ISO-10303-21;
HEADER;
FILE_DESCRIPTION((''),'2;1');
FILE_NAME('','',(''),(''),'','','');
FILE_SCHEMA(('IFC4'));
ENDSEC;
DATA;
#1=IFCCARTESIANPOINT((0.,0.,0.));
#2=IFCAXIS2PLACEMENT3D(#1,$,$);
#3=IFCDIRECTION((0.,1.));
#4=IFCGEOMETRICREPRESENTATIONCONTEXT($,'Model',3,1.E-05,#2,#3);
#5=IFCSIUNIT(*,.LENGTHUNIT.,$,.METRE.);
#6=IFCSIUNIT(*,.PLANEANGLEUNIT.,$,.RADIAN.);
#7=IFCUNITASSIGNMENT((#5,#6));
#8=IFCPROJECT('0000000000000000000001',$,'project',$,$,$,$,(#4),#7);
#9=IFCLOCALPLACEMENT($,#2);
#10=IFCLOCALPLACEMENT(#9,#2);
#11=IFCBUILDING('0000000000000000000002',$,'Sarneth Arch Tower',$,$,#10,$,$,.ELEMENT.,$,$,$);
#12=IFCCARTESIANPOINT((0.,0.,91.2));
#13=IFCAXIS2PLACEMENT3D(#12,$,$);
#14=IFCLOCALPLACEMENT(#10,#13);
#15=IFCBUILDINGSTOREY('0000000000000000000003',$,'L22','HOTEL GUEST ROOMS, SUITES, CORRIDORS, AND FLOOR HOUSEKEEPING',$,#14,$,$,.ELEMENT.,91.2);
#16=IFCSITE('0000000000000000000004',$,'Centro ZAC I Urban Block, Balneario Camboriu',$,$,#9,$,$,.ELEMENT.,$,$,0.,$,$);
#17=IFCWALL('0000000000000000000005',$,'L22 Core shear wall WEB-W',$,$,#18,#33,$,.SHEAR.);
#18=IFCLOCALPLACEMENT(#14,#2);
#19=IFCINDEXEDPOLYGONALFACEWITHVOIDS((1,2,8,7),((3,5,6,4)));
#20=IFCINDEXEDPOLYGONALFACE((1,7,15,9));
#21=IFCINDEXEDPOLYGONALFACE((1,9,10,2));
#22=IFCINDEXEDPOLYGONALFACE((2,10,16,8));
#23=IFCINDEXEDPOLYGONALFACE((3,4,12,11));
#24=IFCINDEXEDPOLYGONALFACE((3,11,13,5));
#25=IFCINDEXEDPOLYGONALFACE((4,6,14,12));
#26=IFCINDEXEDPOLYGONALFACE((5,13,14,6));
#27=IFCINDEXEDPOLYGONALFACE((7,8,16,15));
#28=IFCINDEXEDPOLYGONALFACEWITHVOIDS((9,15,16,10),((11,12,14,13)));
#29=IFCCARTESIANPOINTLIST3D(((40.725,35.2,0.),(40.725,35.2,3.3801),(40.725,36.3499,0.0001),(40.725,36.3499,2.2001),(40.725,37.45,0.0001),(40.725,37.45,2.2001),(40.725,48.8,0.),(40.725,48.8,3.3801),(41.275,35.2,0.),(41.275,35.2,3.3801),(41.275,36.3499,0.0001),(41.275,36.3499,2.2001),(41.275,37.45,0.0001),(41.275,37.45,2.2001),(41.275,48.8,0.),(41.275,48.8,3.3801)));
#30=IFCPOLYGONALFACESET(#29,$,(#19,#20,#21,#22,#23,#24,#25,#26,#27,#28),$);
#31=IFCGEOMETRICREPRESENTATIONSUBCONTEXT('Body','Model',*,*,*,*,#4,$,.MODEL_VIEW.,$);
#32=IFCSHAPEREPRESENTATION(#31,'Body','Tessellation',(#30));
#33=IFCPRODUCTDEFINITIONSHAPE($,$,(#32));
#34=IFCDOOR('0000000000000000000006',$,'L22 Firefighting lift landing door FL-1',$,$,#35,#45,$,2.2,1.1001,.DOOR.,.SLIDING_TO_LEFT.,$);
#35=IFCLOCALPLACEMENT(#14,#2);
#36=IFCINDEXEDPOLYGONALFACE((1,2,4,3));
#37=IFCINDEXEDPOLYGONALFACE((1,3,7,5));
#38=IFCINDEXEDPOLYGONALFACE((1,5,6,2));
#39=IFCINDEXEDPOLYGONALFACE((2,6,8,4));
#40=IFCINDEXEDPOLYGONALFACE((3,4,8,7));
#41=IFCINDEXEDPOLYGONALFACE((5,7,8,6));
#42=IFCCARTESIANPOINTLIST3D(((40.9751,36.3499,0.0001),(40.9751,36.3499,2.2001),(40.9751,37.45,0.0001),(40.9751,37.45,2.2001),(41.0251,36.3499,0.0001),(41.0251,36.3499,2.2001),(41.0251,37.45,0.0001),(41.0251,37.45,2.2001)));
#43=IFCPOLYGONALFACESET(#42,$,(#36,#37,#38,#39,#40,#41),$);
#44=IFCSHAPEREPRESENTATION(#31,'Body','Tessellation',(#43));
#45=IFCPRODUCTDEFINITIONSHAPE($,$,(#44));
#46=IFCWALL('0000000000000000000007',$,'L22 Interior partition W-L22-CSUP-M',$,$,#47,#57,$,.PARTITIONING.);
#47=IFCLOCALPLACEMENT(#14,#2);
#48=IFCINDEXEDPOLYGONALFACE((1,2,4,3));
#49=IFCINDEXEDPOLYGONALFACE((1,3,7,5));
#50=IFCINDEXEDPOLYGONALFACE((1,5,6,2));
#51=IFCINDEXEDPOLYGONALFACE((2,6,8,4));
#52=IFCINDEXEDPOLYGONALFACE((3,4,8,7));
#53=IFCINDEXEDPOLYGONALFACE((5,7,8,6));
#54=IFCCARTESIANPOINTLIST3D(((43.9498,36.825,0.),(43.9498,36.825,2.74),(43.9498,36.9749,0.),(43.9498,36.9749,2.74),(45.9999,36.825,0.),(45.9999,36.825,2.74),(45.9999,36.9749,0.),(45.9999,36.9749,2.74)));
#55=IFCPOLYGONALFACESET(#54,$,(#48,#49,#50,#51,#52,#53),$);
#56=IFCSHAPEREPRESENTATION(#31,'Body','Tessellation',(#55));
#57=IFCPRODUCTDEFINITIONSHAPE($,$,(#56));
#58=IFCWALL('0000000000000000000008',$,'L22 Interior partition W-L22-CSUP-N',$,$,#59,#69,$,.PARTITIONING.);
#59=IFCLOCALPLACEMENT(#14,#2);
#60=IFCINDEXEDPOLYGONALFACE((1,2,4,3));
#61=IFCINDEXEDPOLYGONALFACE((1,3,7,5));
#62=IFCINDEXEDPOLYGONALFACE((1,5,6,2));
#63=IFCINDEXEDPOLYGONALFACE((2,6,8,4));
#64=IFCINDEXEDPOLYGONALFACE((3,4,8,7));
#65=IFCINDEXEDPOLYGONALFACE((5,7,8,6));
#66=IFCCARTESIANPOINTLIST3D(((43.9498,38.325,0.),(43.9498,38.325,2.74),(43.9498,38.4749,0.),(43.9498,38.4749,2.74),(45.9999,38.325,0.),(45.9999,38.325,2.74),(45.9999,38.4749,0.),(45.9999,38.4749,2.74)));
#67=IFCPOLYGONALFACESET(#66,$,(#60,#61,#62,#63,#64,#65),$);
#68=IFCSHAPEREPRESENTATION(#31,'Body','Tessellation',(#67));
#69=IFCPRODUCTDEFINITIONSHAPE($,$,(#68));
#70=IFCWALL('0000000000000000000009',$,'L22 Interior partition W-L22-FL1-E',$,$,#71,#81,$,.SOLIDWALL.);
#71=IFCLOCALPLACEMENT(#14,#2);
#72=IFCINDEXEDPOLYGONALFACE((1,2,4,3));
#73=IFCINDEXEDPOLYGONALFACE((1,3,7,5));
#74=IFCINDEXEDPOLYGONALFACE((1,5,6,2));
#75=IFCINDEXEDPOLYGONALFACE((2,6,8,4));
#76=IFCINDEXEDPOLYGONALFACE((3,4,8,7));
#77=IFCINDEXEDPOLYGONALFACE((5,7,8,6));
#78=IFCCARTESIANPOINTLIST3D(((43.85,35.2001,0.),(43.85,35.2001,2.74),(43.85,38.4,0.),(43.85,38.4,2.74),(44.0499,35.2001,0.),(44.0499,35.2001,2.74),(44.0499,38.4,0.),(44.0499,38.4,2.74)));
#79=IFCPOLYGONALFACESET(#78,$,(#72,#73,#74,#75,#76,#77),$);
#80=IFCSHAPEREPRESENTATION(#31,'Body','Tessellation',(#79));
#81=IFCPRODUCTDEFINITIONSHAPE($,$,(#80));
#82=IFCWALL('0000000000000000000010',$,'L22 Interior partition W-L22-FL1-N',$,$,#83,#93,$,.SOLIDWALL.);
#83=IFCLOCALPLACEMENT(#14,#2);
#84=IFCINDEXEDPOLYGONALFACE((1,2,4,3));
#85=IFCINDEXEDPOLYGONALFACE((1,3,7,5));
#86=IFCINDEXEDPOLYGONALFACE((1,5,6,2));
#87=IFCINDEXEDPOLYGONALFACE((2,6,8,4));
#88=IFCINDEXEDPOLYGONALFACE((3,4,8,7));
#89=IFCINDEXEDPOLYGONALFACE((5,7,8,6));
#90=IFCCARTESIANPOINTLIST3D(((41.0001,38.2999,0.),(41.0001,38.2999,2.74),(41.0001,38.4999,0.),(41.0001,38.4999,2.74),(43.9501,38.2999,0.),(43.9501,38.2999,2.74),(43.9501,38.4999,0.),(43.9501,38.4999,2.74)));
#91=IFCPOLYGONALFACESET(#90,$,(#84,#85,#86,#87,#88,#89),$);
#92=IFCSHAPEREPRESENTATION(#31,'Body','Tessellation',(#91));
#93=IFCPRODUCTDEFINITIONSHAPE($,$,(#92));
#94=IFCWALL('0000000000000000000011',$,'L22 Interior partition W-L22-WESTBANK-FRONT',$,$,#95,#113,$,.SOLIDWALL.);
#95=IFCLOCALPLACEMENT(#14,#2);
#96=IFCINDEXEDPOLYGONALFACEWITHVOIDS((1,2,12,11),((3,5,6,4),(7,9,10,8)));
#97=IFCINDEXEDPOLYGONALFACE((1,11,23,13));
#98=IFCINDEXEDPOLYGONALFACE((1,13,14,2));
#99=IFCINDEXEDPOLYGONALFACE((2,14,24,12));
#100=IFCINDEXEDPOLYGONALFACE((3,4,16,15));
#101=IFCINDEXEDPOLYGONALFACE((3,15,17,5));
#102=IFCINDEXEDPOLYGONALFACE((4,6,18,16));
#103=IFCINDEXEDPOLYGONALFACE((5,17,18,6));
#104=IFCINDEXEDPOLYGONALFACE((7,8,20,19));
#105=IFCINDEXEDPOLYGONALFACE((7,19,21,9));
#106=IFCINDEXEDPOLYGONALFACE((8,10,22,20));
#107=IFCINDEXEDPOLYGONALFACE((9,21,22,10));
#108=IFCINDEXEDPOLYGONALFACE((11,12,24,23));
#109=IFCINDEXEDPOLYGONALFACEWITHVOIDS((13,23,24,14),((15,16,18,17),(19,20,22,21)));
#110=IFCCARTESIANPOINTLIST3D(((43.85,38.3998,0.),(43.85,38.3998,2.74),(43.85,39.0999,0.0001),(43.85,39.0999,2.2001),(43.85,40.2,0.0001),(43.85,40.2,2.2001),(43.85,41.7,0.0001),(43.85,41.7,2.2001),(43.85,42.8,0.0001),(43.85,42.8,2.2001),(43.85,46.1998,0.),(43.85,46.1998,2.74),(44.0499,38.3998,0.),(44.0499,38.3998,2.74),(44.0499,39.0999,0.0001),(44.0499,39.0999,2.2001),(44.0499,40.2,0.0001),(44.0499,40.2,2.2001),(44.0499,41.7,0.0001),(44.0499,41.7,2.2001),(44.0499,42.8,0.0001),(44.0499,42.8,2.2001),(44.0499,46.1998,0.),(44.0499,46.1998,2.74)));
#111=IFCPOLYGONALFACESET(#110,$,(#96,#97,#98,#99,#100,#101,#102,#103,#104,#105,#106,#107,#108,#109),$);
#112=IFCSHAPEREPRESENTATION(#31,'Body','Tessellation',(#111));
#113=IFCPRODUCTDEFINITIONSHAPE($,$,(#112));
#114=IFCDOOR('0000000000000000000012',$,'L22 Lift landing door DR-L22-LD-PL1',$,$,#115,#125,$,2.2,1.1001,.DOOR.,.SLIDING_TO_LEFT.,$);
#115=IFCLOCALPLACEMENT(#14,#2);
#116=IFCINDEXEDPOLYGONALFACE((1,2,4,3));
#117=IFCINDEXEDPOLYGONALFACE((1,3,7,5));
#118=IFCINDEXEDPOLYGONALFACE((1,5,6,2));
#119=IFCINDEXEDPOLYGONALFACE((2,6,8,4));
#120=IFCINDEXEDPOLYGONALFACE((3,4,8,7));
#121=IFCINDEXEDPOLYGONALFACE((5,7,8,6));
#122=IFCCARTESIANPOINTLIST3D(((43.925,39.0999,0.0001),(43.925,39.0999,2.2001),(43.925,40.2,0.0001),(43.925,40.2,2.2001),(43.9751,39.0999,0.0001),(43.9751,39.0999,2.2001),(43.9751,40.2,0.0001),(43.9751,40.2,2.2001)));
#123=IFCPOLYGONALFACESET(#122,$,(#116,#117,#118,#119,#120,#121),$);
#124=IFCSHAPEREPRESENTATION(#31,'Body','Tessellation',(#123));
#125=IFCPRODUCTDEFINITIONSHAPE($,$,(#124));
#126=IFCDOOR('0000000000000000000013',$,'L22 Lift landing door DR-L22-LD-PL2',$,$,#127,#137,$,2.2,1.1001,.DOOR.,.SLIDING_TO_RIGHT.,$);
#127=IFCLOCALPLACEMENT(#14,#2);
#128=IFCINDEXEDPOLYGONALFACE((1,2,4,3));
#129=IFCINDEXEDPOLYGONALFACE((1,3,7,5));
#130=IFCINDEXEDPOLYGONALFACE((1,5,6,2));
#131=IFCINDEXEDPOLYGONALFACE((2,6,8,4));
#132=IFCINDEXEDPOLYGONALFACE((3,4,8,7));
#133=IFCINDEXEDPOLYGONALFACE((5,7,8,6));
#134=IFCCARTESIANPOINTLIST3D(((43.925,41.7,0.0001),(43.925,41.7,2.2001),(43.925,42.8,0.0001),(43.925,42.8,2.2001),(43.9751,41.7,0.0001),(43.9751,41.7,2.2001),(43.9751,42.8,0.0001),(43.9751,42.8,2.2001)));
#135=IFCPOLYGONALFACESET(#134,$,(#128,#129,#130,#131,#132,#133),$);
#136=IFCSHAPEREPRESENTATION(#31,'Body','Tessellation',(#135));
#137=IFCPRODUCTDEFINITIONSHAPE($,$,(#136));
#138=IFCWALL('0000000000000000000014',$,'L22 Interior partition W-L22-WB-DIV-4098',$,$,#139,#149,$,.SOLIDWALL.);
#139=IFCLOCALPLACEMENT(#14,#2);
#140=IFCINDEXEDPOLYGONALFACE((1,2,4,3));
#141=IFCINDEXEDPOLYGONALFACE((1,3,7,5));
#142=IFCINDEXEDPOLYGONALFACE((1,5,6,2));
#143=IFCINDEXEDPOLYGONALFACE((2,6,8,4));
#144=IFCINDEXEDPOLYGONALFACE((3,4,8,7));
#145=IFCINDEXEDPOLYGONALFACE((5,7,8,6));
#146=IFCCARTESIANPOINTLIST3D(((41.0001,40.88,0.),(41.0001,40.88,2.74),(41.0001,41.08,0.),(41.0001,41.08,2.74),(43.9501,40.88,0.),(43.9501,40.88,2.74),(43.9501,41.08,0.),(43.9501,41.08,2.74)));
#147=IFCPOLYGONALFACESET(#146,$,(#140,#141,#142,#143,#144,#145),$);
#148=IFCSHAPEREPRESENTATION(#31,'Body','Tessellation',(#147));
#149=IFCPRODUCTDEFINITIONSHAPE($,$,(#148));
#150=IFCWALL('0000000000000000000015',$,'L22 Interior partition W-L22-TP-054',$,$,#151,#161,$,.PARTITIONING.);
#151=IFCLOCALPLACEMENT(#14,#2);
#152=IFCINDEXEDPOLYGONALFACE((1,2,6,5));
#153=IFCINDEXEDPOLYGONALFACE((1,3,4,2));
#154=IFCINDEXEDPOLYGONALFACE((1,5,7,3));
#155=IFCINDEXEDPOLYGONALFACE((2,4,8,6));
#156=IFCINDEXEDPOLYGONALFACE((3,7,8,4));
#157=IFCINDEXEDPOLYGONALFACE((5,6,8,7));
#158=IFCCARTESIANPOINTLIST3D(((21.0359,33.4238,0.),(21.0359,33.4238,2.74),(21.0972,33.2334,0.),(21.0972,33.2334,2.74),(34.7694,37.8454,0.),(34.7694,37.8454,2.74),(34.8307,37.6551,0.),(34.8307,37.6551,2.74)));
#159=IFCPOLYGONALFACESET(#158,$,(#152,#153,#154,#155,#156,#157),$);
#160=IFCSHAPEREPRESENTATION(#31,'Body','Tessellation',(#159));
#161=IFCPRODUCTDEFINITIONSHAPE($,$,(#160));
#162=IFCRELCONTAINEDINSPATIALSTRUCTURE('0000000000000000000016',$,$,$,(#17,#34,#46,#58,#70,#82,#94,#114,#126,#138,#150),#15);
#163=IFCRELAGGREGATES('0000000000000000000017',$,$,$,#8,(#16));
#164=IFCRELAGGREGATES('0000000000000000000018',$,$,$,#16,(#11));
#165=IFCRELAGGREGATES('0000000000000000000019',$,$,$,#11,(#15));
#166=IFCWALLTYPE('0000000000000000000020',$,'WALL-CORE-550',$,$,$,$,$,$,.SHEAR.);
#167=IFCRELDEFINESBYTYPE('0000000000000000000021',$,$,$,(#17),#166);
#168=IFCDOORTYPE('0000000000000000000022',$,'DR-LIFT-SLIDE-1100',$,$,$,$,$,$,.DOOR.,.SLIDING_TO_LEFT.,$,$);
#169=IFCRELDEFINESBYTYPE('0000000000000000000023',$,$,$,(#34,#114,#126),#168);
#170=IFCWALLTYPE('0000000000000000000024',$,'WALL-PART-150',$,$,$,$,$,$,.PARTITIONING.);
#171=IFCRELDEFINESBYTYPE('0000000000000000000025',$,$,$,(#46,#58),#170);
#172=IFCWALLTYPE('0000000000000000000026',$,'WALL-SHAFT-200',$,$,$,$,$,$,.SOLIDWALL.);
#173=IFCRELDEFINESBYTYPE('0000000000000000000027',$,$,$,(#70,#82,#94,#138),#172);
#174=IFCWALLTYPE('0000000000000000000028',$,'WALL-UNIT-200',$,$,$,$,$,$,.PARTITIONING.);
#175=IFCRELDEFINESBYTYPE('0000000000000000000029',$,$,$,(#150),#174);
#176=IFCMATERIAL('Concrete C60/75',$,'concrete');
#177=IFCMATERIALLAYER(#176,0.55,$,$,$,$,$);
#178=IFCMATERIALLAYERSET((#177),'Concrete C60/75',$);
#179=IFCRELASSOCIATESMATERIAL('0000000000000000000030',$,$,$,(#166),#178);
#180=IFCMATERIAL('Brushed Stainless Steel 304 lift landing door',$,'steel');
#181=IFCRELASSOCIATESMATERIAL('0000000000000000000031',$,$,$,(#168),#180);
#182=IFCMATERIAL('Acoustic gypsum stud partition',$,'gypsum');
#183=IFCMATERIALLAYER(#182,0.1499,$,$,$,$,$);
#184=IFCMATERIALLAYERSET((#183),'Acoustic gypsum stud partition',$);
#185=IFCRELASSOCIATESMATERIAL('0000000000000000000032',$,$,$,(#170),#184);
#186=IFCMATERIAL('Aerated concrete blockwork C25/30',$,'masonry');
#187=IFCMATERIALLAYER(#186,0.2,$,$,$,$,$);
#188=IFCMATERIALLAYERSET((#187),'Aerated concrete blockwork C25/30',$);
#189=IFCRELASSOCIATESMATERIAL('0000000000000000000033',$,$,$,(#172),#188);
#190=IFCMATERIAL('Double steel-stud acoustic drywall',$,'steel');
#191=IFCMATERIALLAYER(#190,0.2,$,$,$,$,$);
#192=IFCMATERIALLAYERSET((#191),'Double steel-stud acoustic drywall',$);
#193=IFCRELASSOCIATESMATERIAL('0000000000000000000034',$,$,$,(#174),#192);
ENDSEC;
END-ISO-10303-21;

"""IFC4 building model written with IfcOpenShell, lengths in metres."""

from ifc_helpers import new_model, si_unit, direction, frame, frame_2d, origin, place, context, subcontext, project, spatial, rectangle, extrude, material, layer, layer_set, type_object, element, fill, save


model = new_model("IFC4")

# Units and contexts
model_context = context("Model", 3, precision=1e-05, world=origin(), true_north=direction((0.0, 1.0)))
body_context = subcontext(model_context, "Body", "Model", "MODEL_VIEW")
ifc_project = project(units=[si_unit("LENGTHUNIT", "METRE"), si_unit("PLANEANGLEUNIT", "RADIAN")], contexts=[model_context])

# Site, building, storey
site_placement = place(None, origin())
site = spatial("IfcSite", under=ifc_project, at=site_placement, Name="Centro ZAC I Urban Block, Balneario Camboriu", CompositionType="ELEMENT", RefElevation=0.0)
building_placement = place(site_placement, origin())
building = spatial("IfcBuilding", under=site, at=building_placement, Name="Sarneth Arch Tower", CompositionType="ELEMENT")
storey_placement = place(building_placement, frame((0.0, 0.0, 91.2)))
storey = spatial("IfcBuildingStorey", under=building, at=storey_placement, Name="L22", Description="HOTEL GUEST ROOMS, SUITES, CORRIDORS, AND FLOOR HOUSEKEEPING", CompositionType="ELEMENT", Elevation=91.2)

# Shared definitions
ifc_material_1 = material(Name="Concrete C60/75", Category="concrete")
ifc_layer_1 = layer(ifc_material_1, 0.55)
ifc_layer_set_1 = layer_set([ifc_layer_1], Name="Concrete C60/75")
wall_type_1 = type_object("IfcWallType", Name="WALL-CORE-550", PredefinedType="SHEAR", material=ifc_layer_set_1)

# Wall, opening, door
wall_1_placement = place(storey_placement, frame((41.0, 35.2, 0.0), z_axis=(0.0, 0.0, 1.0), x_axis=(0.0, 1.0, 0.0)))
wall_1 = element("IfcWall", 1, at=wall_1_placement, inside=storey, type_object=wall_type_1, Name="L22 Core shear wall WEB-W", PredefinedType="SHEAR", context=body_context, shape_type="SweptSolid", body=[
    extrude(rectangle(XDim=13.6001, YDim=0.55, at=frame_2d((6.8, 0.0))), origin(), (0.0, 0.0, 1.0), 3.3801),
])
opening_1_placement = place(wall_1_placement, frame((1.1499, 0.0, 0.0)))
opening_1 = element("IfcOpeningElement", 2, at=opening_1_placement, cuts=wall_1, PredefinedType="OPENING", context=body_context, shape_type="SweptSolid", body=[
    extrude(rectangle(XDim=1.1001, YDim=2.2, at=frame_2d((0.55, 1.1001))), frame((0.0, 0.2849, 0.0), z_axis=(0.0, -1.0, 0.0), x_axis=(1.0, 0.0, 0.0)), (0.0, 0.0, 1.0), 0.5701),
])
ifc_material_2 = material(Name="Brushed Stainless Steel 304 lift landing door", Category="steel")
door_type_1 = type_object("IfcDoorType", Name="DR-LIFT-SLIDE-1100", OperationType="SLIDING_TO_LEFT", PredefinedType="DOOR", material=ifc_material_2)
door_1_placement = place(opening_1_placement, origin())
door_1 = element("IfcDoor", 3, at=door_1_placement, inside=storey, type_object=door_type_1, Name="L22 Firefighting lift landing door FL-1", OperationType="SLIDING_TO_LEFT", OverallHeight=2.2, OverallWidth=1.1001, PredefinedType="DOOR", context=body_context, shape_type="SweptSolid", body=[
    extrude(rectangle(XDim=1.1001, YDim=2.2, at=frame_2d((0.55, 1.1001))), frame((0.0, 0.0249, 0.0), z_axis=(0.0, -1.0, 0.0), x_axis=(1.0, 0.0, 0.0)), (0.0, 0.0, 1.0), 0.05),
])
fill(opening_1, door_1)

# Walls
ifc_material_3 = material(Name="Acoustic gypsum stud partition", Category="gypsum")
ifc_layer_2 = layer(ifc_material_3, 0.1499)
ifc_layer_set_2 = layer_set([ifc_layer_2], Name="Acoustic gypsum stud partition")
wall_type_2 = type_object("IfcWallType", Name="WALL-PART-150", PredefinedType="PARTITIONING", material=ifc_layer_set_2)
for number, where, z_axis, x_axis, name in (
    (4, (43.95, 36.8999, 0.0), (0.0, 0.0, 1.0), (1.0, 0.0, 0.0), "L22 Interior partition W-L22-CSUP-M"),
    (5, (43.95, 38.3999, 0.0), (0.0, 0.0, 1.0), (1.0, 0.0, 0.0), "L22 Interior partition W-L22-CSUP-N"),
):
    element("IfcWall", number, at=place(storey_placement, frame(where, z_axis=z_axis, x_axis=x_axis)), inside=storey, type_object=wall_type_2, Name=name, PredefinedType="PARTITIONING", context=body_context, shape_type="SweptSolid", body=[
        extrude(rectangle(XDim=2.05, YDim=0.1499, at=frame_2d((1.0249, 0.0))), origin(), (0.0, 0.0, 1.0), 2.74),
    ])

# Shared definitions
ifc_material_4 = material(Name="Aerated concrete blockwork C25/30", Category="masonry")
ifc_layer_3 = layer(ifc_material_4, 0.2)
ifc_layer_set_3 = layer_set([ifc_layer_3], Name="Aerated concrete blockwork C25/30")
wall_type_3 = type_object("IfcWallType", Name="WALL-SHAFT-200", PredefinedType="SOLIDWALL", material=ifc_layer_set_3)

# Walls
wall_2_placement = place(storey_placement, frame((43.95, 35.2, 0.0), z_axis=(0.0, 0.0, 1.0), x_axis=(0.0, 1.0, 0.0)))
element("IfcWall", 6, at=wall_2_placement, inside=storey, type_object=wall_type_3, Name="L22 Interior partition W-L22-FL1-E", PredefinedType="SOLIDWALL", context=body_context, shape_type="SweptSolid", body=[
    extrude(rectangle(XDim=3.2, YDim=0.2, at=frame_2d((1.6001, 0.0))), origin(), (0.0, 0.0, 1.0), 2.74),
])
wall_3_placement = place(storey_placement, frame((41.0, 38.3999, 0.0), z_axis=(0.0, 0.0, 1.0), x_axis=(1.0, 0.0, 0.0)))
element("IfcWall", 7, at=wall_3_placement, inside=storey, type_object=wall_type_3, Name="L22 Interior partition W-L22-FL1-N", PredefinedType="SOLIDWALL", context=body_context, shape_type="SweptSolid", body=[
    extrude(rectangle(XDim=2.95, YDim=0.2, at=frame_2d((1.4751, 0.0))), origin(), (0.0, 0.0, 1.0), 2.74),
])

# Wall, openings, doors
wall_4_placement = place(storey_placement, frame((43.95, 38.3999, 0.0), z_axis=(0.0, 0.0, 1.0), x_axis=(0.0, 1.0, 0.0)))
wall_4 = element("IfcWall", 8, at=wall_4_placement, inside=storey, type_object=wall_type_3, Name="L22 Interior partition W-L22-WESTBANK-FRONT", PredefinedType="SOLIDWALL", context=body_context, shape_type="SweptSolid", body=[
    extrude(rectangle(XDim=7.8, YDim=0.2, at=frame_2d((3.8999, 0.0))), origin(), (0.0, 0.0, 1.0), 2.74),
])
opening_2_placement = place(wall_4_placement, frame((0.7, 0.0, 0.0)))
opening_2 = element("IfcOpeningElement", 9, at=opening_2_placement, cuts=wall_4, PredefinedType="OPENING", context=body_context, shape_type="SweptSolid", body=[
    extrude(rectangle(XDim=1.1001, YDim=2.2, at=frame_2d((0.55, 1.1001))), frame((0.0, 0.1099, 0.0), z_axis=(0.0, -1.0, 0.0), x_axis=(1.0, 0.0, 0.0)), (0.0, 0.0, 1.0), 0.22),
])
opening_3_placement = place(wall_4_placement, frame((3.3, 0.0, 0.0)))
opening_3 = element("IfcOpeningElement", 10, at=opening_3_placement, cuts=wall_4, PredefinedType="OPENING", context=body_context, shape_type="SweptSolid", body=[
    extrude(rectangle(XDim=1.1001, YDim=2.2, at=frame_2d((0.55, 1.1001))), frame((0.0, 0.1099, 0.0), z_axis=(0.0, -1.0, 0.0), x_axis=(1.0, 0.0, 0.0)), (0.0, 0.0, 1.0), 0.22),
])
door_2_placement = place(opening_2_placement, origin())
door_2 = element("IfcDoor", 11, at=door_2_placement, inside=storey, type_object=door_type_1, Name="L22 Lift landing door DR-L22-LD-PL1", OperationType="SLIDING_TO_LEFT", OverallHeight=2.2, OverallWidth=1.1001, PredefinedType="DOOR", context=body_context, shape_type="SweptSolid", body=[
    extrude(rectangle(XDim=1.1001, YDim=2.2, at=frame_2d((0.55, 1.1001))), frame((0.0, 0.0249, 0.0), z_axis=(0.0, -1.0, 0.0), x_axis=(1.0, 0.0, 0.0)), (0.0, 0.0, 1.0), 0.05),
])
fill(opening_2, door_2)
door_3_placement = place(opening_3_placement, origin())
door_3 = element("IfcDoor", 12, at=door_3_placement, inside=storey, type_object=door_type_1, Name="L22 Lift landing door DR-L22-LD-PL2", OperationType="SLIDING_TO_RIGHT", OverallHeight=2.2, OverallWidth=1.1001, PredefinedType="DOOR", context=body_context, shape_type="SweptSolid", body=[
    extrude(rectangle(XDim=1.1001, YDim=2.2, at=frame_2d((0.55, 1.1001))), frame((0.0, 0.0249, 0.0), z_axis=(0.0, -1.0, 0.0), x_axis=(1.0, 0.0, 0.0)), (0.0, 0.0, 1.0), 0.05),
])
fill(opening_3, door_3)

# Walls
wall_5_placement = place(storey_placement, frame((41.0, 40.98, 0.0), z_axis=(0.0, 0.0, 1.0), x_axis=(1.0, 0.0, 0.0)))
element("IfcWall", 13, at=wall_5_placement, inside=storey, type_object=wall_type_3, Name="L22 Interior partition W-L22-WB-DIV-4098", PredefinedType="SOLIDWALL", context=body_context, shape_type="SweptSolid", body=[
    extrude(rectangle(XDim=2.95, YDim=0.2, at=frame_2d((1.4751, 0.0))), origin(), (0.0, 0.0, 1.0), 2.74),
])
ifc_material_5 = material(Name="Double steel-stud acoustic drywall", Category="steel")
ifc_layer_4 = layer(ifc_material_5, 0.2)
ifc_layer_set_4 = layer_set([ifc_layer_4], Name="Double steel-stud acoustic drywall")
wall_type_4 = type_object("IfcWallType", Name="WALL-UNIT-200", PredefinedType="PARTITIONING", material=ifc_layer_set_4)
wall_6_placement = place(storey_placement, frame((34.8, 37.7502, 0.0), z_axis=(0.0, 0.0, 1.0), x_axis=(-0.951881, -0.306469, 0.0)))
element("IfcWall", 14, at=wall_6_placement, inside=storey, type_object=wall_type_4, Name="L22 Interior partition W-L22-TP-054", PredefinedType="PARTITIONING", context=body_context, shape_type="SweptSolid", body=[
    extrude(rectangle(XDim=14.4277, YDim=0.2, at=frame_2d((7.2139, 0.0))), origin(), (0.0, 0.0, 1.0), 2.74),
])

save(model, "model.ifc")
